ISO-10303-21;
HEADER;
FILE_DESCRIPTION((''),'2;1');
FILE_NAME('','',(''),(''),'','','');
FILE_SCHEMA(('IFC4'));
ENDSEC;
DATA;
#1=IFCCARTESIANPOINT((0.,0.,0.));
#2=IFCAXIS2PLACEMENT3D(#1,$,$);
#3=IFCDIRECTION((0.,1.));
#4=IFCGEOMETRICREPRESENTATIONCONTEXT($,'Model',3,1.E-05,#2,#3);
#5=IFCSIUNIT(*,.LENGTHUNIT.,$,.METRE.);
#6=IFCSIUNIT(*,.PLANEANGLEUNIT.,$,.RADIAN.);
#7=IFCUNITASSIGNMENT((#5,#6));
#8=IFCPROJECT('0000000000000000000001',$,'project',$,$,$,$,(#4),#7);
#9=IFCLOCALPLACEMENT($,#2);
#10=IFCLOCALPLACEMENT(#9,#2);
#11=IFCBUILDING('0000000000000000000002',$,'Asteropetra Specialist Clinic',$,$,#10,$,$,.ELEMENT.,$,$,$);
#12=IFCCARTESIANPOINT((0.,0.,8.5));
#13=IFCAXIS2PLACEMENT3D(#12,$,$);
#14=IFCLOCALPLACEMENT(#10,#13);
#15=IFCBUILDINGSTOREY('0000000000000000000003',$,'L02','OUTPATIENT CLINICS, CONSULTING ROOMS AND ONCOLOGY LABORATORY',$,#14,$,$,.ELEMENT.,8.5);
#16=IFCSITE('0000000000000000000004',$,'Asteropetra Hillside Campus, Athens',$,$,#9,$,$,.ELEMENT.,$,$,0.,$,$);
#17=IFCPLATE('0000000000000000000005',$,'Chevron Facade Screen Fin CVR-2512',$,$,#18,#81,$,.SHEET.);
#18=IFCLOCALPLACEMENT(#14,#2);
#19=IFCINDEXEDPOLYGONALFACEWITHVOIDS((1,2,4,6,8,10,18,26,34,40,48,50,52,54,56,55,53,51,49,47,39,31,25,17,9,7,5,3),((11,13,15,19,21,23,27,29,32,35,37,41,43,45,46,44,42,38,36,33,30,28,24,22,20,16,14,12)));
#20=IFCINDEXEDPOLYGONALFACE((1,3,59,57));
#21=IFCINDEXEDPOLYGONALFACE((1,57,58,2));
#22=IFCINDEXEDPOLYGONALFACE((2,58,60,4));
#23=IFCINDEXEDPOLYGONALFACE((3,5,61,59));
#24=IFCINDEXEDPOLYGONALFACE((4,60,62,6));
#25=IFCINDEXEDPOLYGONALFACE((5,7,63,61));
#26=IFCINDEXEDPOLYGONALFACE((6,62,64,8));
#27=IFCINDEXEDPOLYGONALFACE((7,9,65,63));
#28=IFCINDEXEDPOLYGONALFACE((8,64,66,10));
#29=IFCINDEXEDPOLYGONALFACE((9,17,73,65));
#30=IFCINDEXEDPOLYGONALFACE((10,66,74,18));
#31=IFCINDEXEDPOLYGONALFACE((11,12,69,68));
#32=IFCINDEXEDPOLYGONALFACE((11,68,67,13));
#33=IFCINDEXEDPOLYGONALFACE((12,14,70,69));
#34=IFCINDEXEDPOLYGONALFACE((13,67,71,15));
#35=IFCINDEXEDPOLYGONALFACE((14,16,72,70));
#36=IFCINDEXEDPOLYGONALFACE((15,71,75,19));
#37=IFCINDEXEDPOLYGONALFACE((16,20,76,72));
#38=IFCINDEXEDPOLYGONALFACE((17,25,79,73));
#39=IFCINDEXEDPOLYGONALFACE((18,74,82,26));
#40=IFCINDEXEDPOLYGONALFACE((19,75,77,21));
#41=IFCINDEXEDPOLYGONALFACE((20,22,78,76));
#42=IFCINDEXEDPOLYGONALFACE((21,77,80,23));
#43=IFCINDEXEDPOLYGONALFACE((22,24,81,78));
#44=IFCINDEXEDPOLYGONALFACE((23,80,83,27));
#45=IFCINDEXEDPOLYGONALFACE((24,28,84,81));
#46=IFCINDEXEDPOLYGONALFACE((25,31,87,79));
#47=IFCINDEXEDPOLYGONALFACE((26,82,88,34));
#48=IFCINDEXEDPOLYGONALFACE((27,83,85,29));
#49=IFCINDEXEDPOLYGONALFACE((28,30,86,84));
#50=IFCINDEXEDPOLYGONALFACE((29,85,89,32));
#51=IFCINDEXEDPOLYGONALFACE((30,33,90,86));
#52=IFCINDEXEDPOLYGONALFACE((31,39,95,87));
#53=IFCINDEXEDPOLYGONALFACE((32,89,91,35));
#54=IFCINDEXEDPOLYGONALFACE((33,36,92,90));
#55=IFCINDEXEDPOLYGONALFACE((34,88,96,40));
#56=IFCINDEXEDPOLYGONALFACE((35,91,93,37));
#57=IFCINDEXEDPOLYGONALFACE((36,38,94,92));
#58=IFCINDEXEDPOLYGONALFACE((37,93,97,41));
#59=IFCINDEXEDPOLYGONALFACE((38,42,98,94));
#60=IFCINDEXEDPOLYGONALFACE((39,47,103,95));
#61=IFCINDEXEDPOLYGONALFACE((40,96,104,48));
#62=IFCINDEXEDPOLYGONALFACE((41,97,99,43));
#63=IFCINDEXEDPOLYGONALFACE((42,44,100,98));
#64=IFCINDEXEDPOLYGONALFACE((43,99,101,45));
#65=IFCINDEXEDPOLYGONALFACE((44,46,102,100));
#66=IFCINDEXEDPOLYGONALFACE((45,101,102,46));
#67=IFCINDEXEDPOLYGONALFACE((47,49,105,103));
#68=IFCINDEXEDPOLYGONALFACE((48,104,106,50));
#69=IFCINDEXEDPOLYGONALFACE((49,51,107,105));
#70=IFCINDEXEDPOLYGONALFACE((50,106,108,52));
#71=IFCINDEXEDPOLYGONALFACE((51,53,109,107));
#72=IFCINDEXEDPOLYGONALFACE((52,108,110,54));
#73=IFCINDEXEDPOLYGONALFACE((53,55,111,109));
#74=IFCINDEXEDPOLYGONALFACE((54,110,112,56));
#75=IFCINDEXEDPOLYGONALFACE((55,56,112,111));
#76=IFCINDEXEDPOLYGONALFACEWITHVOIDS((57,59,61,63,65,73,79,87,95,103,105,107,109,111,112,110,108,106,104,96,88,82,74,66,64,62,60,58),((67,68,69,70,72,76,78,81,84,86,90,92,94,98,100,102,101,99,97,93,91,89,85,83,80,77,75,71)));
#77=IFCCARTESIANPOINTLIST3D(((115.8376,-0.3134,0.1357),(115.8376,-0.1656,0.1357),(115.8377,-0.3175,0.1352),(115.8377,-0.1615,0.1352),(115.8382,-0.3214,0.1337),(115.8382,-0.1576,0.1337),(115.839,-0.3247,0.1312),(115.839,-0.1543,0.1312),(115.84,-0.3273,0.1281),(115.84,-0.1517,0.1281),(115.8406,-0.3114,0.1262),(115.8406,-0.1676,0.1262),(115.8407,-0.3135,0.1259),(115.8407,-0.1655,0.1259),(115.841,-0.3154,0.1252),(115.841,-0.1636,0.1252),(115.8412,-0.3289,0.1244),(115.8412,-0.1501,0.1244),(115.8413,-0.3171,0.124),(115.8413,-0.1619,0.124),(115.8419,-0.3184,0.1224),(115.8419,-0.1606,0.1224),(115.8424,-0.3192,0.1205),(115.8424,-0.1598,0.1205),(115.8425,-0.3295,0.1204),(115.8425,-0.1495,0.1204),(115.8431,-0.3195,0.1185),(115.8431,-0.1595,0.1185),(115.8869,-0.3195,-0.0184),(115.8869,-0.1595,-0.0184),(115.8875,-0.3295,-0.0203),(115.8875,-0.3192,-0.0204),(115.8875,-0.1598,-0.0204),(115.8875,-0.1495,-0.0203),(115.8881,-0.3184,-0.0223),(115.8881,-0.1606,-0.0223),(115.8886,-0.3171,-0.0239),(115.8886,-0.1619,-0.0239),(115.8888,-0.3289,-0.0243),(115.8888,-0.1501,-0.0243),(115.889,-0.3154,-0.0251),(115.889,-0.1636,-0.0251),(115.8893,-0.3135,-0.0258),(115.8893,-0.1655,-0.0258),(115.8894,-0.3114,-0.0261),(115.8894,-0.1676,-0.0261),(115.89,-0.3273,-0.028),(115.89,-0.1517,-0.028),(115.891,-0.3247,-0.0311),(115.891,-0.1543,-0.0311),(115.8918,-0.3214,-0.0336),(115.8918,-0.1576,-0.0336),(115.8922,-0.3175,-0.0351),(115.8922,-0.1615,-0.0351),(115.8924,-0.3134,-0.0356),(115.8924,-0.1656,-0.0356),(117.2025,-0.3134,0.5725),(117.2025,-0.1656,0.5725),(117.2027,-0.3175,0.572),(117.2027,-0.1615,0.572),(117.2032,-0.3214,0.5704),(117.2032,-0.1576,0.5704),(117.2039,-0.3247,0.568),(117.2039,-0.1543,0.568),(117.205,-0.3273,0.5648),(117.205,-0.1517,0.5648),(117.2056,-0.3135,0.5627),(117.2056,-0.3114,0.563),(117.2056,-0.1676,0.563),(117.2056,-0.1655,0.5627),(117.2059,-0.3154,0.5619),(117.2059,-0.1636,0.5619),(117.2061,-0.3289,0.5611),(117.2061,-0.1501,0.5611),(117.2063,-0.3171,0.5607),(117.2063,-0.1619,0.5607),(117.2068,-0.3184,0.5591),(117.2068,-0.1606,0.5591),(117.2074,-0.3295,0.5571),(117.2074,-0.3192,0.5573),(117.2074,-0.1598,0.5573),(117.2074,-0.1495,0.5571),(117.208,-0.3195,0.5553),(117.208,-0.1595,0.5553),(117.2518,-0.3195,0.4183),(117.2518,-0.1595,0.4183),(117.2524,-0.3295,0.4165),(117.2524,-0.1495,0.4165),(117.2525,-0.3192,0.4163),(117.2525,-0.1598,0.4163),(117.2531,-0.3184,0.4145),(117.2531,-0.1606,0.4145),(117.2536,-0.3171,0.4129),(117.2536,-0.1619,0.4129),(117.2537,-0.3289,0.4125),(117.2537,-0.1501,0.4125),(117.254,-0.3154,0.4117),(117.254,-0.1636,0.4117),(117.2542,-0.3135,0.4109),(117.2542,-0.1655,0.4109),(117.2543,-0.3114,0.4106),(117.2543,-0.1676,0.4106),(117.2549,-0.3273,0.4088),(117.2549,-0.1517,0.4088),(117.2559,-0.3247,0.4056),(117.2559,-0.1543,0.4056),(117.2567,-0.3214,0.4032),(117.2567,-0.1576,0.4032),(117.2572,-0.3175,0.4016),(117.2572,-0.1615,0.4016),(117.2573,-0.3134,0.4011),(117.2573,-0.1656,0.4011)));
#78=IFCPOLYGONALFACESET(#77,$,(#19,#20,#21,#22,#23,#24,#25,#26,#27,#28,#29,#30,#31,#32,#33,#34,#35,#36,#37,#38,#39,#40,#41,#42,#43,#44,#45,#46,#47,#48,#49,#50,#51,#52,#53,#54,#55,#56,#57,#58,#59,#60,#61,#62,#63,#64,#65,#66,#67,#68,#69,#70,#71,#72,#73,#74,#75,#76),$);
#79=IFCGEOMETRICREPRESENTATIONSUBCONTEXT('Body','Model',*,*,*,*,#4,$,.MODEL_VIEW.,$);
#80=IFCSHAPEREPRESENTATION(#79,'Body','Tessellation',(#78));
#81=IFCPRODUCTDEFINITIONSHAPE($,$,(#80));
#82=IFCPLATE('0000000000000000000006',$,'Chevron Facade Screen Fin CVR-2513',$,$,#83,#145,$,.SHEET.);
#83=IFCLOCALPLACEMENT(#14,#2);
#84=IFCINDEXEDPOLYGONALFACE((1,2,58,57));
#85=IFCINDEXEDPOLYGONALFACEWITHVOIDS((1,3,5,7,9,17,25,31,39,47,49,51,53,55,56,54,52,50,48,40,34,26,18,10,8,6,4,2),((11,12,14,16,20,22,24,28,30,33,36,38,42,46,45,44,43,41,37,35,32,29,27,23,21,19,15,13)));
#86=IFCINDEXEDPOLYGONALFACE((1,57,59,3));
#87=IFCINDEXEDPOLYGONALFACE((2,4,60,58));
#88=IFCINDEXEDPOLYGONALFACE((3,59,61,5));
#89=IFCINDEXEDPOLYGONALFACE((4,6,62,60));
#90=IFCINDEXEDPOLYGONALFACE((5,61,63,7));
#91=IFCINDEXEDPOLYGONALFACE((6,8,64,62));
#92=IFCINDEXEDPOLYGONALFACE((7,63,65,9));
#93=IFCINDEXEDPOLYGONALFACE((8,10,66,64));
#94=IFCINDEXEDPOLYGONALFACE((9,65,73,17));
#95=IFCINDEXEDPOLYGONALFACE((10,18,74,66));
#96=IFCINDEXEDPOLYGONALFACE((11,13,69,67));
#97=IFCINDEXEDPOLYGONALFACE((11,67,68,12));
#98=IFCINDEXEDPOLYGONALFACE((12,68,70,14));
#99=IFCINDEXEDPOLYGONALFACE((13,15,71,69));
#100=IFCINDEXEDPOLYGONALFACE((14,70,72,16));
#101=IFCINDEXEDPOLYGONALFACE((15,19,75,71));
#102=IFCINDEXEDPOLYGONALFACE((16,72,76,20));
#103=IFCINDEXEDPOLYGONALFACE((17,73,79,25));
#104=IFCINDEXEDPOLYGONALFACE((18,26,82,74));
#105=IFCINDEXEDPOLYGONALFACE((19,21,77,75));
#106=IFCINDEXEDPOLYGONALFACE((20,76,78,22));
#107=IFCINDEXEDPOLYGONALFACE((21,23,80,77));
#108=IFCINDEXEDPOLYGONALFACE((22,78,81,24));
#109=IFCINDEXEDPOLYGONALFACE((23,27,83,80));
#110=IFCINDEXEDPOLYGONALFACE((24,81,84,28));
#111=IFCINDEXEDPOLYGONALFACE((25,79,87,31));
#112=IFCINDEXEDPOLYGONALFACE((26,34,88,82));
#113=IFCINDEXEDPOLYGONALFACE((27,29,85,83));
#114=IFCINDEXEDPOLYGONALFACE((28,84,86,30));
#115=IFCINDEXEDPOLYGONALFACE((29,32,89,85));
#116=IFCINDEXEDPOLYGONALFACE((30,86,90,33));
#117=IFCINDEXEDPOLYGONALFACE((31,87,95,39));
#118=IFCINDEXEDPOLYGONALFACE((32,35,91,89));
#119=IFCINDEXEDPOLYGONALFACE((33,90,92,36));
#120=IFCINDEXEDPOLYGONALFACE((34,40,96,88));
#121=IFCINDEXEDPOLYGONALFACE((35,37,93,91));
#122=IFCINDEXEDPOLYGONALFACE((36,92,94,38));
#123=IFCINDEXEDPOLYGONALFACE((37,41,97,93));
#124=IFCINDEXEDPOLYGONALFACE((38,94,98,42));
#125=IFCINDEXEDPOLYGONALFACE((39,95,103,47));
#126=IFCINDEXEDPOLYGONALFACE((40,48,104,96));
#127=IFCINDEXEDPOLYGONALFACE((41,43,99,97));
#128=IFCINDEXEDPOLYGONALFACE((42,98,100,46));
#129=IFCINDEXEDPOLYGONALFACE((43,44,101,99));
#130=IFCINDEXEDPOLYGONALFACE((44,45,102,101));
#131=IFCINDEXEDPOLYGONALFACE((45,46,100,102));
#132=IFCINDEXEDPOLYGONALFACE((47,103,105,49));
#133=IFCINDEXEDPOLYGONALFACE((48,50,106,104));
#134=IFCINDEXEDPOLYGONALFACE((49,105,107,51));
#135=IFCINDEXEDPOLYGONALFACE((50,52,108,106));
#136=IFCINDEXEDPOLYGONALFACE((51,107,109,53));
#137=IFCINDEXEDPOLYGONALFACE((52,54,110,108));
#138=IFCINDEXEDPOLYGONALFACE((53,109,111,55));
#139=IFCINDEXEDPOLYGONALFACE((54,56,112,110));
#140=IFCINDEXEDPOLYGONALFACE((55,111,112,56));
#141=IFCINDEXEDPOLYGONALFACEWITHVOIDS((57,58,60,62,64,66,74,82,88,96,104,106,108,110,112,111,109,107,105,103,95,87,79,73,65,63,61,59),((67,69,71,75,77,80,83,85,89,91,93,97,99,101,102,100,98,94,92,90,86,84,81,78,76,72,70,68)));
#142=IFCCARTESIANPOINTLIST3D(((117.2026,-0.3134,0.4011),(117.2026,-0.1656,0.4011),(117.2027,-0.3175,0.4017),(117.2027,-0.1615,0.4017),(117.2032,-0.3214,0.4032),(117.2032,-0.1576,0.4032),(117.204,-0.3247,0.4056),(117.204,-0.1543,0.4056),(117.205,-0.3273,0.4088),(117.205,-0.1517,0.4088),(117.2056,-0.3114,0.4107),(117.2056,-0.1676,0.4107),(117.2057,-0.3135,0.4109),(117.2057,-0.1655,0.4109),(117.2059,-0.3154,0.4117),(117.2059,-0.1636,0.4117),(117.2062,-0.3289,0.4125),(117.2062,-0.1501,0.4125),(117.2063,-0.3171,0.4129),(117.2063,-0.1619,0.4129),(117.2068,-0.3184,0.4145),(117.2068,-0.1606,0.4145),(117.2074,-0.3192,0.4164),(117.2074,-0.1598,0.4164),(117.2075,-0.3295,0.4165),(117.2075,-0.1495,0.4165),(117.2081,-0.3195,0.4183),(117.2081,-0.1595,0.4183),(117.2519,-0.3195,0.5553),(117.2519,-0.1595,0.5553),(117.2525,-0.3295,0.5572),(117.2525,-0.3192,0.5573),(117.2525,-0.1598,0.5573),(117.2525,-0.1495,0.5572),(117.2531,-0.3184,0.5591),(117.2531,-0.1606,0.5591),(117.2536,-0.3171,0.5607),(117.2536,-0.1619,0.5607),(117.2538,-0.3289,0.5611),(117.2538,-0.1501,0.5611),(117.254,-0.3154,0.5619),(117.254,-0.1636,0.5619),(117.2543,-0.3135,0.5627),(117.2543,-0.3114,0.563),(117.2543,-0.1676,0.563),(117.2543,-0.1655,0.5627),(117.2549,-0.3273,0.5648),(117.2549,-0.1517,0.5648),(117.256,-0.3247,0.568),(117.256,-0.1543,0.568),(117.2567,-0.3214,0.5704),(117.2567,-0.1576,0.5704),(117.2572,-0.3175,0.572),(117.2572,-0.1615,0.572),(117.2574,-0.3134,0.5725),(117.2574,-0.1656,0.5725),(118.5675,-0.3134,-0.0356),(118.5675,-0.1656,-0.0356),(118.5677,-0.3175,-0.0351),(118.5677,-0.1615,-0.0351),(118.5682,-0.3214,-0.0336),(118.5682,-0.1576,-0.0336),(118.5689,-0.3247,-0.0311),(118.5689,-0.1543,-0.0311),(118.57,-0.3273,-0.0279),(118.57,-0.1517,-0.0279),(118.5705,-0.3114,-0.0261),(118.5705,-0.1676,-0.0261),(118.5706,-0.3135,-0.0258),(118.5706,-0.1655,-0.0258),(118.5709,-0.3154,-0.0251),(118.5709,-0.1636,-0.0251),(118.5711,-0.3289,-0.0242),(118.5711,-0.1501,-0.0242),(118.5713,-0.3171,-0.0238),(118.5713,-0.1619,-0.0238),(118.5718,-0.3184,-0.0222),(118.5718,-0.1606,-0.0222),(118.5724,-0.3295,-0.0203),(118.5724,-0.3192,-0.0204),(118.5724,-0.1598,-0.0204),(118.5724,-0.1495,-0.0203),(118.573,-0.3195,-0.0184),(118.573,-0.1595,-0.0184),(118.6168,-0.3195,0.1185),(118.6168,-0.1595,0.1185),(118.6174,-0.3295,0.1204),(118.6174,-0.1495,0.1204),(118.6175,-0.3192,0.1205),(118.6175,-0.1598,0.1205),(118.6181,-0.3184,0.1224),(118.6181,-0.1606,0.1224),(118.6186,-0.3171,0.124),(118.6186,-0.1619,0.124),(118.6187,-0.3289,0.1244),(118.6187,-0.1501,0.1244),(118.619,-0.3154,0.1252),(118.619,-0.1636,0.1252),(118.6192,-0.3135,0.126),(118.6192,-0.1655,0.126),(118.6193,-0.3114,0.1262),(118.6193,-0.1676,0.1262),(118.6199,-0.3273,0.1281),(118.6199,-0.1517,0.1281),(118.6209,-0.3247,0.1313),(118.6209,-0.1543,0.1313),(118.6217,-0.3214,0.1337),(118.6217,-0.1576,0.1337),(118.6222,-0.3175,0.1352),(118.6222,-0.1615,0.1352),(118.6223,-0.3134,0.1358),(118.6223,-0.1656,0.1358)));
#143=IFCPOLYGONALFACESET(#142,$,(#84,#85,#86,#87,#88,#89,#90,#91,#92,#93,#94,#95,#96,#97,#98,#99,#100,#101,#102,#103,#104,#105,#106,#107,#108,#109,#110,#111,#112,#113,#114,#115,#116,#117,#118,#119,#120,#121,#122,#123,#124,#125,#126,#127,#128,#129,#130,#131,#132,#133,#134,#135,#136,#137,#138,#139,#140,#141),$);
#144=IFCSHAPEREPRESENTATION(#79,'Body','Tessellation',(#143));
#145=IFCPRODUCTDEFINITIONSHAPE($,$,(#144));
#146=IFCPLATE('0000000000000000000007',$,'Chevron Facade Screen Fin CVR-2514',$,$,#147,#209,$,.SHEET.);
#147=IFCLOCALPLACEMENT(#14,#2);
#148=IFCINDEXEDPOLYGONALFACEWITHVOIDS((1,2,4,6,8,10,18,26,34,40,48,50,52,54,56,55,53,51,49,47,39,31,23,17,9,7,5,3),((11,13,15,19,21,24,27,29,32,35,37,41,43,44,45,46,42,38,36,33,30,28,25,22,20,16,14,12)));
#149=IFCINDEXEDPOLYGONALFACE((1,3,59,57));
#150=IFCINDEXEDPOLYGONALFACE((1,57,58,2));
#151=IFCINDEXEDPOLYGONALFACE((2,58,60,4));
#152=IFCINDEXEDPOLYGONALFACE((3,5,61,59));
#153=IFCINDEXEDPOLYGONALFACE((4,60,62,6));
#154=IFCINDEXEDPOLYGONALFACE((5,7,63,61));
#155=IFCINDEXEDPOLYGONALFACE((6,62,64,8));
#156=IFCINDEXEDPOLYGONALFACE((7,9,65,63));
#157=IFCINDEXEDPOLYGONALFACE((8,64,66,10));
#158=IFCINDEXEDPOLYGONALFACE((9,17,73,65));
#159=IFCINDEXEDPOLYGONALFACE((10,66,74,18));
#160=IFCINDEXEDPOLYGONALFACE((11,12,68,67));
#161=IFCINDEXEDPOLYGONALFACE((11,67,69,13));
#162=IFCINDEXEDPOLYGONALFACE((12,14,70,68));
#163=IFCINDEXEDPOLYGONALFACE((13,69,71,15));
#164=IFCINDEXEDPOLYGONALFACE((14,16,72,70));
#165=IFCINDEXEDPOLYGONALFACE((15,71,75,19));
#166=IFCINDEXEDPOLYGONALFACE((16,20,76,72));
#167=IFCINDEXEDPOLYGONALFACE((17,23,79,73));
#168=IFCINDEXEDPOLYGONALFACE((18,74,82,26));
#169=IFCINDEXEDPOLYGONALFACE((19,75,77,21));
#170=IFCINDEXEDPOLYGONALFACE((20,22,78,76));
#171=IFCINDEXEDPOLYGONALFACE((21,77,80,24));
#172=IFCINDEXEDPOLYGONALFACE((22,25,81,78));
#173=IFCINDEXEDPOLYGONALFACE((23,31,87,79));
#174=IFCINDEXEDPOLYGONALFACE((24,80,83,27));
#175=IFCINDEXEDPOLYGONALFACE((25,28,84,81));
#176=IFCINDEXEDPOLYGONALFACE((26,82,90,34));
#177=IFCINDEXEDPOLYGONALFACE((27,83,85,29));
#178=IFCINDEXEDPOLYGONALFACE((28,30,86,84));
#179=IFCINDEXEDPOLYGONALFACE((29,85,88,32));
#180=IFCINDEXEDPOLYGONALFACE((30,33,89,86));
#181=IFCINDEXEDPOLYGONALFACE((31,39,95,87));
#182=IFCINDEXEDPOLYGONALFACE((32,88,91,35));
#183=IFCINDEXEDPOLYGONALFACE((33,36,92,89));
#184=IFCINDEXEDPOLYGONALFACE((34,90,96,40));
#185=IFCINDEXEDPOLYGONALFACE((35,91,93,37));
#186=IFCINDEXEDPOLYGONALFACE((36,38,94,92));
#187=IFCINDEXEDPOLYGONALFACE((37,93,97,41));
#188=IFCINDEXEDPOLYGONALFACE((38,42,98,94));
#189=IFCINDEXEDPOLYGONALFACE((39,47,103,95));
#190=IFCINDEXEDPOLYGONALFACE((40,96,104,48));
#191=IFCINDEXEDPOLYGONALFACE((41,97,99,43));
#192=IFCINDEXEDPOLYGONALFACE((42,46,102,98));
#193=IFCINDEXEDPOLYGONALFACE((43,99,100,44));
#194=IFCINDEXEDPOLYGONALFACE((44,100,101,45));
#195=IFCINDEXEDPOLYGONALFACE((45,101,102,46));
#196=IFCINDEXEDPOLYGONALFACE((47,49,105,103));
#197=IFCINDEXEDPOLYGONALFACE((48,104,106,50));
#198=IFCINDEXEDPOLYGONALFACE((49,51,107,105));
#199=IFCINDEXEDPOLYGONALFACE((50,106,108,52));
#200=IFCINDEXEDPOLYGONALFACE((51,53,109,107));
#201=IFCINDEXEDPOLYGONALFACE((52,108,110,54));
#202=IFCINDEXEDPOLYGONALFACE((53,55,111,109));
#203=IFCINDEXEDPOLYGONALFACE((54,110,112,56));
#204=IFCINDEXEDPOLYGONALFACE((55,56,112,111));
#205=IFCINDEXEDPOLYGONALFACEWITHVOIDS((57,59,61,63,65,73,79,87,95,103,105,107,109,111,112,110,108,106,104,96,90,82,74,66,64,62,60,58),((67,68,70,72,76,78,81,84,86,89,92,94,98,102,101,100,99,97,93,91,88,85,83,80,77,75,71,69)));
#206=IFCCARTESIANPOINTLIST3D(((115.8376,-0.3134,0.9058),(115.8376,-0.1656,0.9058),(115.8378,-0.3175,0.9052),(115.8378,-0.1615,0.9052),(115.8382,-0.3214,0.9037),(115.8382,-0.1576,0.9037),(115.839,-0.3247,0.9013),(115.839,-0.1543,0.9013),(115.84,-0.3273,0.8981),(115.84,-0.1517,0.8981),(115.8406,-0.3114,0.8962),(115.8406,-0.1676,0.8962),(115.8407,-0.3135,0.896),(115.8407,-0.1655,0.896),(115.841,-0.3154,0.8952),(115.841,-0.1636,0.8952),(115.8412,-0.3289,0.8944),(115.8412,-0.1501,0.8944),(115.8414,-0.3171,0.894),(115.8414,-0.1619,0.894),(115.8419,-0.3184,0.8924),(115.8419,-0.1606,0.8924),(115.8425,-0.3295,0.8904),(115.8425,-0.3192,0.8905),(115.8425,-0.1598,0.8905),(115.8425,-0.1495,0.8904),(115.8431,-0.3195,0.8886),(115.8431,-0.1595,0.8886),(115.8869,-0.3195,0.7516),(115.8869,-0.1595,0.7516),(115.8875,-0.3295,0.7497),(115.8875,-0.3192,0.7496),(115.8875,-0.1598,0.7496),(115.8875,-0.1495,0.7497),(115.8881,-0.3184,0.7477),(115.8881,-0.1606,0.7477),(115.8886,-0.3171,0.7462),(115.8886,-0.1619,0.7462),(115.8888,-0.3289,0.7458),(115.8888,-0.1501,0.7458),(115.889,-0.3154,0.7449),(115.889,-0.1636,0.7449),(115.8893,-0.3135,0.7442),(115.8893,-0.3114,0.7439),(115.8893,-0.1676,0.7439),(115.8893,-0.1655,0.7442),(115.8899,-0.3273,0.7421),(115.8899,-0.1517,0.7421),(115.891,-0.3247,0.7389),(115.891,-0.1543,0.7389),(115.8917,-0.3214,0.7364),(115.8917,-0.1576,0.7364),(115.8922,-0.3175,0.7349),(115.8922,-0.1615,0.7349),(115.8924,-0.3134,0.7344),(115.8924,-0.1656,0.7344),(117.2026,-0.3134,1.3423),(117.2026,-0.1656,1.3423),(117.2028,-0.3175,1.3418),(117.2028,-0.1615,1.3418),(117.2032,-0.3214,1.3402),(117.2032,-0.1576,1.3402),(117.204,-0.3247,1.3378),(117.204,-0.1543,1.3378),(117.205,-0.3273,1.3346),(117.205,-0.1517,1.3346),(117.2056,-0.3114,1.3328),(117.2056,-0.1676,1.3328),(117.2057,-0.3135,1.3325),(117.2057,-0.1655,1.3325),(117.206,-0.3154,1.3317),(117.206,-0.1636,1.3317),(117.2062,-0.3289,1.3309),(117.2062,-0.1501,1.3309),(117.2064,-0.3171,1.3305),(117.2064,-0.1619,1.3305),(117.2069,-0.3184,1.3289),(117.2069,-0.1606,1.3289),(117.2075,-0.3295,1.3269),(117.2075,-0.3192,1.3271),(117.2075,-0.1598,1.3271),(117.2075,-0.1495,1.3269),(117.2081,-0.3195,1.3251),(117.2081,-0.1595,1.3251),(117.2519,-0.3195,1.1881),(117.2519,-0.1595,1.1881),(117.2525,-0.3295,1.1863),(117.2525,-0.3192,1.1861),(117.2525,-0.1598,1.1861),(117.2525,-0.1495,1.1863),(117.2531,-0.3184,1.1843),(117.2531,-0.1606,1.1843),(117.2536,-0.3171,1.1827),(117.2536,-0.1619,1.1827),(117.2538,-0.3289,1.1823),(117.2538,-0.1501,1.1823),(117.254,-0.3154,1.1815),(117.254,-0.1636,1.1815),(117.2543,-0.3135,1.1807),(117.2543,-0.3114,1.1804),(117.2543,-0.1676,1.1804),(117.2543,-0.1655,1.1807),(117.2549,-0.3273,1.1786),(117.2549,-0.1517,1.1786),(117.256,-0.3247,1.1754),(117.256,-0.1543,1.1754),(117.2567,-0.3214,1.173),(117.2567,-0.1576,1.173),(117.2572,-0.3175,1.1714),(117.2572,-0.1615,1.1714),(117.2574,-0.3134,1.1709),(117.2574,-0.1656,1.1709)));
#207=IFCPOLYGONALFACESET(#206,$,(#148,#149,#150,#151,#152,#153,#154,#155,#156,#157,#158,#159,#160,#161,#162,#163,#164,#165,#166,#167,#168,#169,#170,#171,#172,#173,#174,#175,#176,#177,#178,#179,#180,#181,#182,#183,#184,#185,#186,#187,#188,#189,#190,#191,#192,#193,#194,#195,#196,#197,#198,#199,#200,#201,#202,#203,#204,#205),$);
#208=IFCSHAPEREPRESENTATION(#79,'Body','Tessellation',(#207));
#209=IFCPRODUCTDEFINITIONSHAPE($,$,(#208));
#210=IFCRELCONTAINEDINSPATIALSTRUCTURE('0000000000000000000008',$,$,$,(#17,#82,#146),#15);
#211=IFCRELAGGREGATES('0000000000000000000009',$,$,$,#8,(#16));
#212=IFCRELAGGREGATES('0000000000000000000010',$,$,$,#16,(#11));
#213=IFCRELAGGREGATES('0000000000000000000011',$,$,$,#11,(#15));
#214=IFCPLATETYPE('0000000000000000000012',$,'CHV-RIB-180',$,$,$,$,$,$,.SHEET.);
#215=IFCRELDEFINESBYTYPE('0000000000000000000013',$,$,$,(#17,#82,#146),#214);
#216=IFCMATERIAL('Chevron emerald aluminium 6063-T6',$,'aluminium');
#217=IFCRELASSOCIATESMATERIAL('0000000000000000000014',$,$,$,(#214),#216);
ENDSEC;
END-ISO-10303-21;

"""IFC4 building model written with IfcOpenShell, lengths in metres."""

from ifc_helpers import new_model, si_unit, direction, frame, origin, origin_2d, place, context, subcontext, project, spatial, hollow_rectangle, extrude, material, material_profile, profile_set, type_object, element, save


model = new_model("IFC4")

# Units and contexts
model_context = context("Model", 3, precision=1e-05, world=origin(), true_north=direction((0.0, 1.0)))
body_context = subcontext(model_context, "Body", "Model", "MODEL_VIEW")
ifc_project = project(units=[si_unit("LENGTHUNIT", "METRE"), si_unit("PLANEANGLEUNIT", "RADIAN")], contexts=[model_context])

# Site, building, storey
site_placement = place(None, origin())
site = spatial("IfcSite", under=ifc_project, at=site_placement, Name="Asteropetra Hillside Campus, Athens", CompositionType="ELEMENT", RefElevation=0.0)
building_placement = place(site_placement, origin())
building = spatial("IfcBuilding", under=site, at=building_placement, Name="Asteropetra Specialist Clinic", CompositionType="ELEMENT")
storey_placement = place(building_placement, frame((0.0, 0.0, 8.5)))
storey = spatial("IfcBuildingStorey", under=building, at=storey_placement, Name="L02", Description="OUTPATIENT CLINICS, CONSULTING ROOMS AND ONCOLOGY LABORATORY", CompositionType="ELEMENT", Elevation=8.5)

# Plates
ifc_material_1 = material(Name="Chevron emerald aluminium 6063-T6", Category="aluminium")
ifc_material_profile = material_profile(ifc_material_1, hollow_rectangle(XDim=0.1799, YDim=0.1799, WallThickness=0.01, InnerFilletRadius=0.0081, OuterFilletRadius=0.0161, at=origin_2d()), Name="SHS 180x180x10.0")
ifc_profile_set = profile_set([ifc_material_profile], Name="Chevron emerald aluminium 6063-T6")
plate_type = type_object("IfcPlateType", Name="CHV-RIB-180", PredefinedType="SHEET", material=ifc_profile_set)
for number, where, z_axis, x_axis, name in (
    (1, (115.865, -0.2395, 0.05), (0.95243, 0.0, 0.304757), (0.0, 1.0, 0.0), "Chevron Facade Screen Fin CVR-2512"),
    (2, (117.23, -0.2395, 0.4868), (0.95243, 0.0, -0.304757), (0.0, 1.0, 0.0), "Chevron Facade Screen Fin CVR-2513"),
    (3, (115.865, -0.2395, 0.8201), (0.95248, 0.0, 0.304603), (0.0, 1.0, 0.0), "Chevron Facade Screen Fin CVR-2514"),
):
    element("IfcPlate", number, at=place(storey_placement, frame(where, z_axis=z_axis, x_axis=x_axis)), inside=storey, type_object=plate_type, Name=name, PredefinedType="SHEET", context=body_context, shape_type="SweptSolid", body=[
        extrude(hollow_rectangle(XDim=0.1799, YDim=0.1799, WallThickness=0.01, InnerFilletRadius=0.0081, OuterFilletRadius=0.0161, at=origin_2d()), origin(), (0.0, 0.0, 1.0), 1.4331),
    ])

save(model, "model.ifc")
